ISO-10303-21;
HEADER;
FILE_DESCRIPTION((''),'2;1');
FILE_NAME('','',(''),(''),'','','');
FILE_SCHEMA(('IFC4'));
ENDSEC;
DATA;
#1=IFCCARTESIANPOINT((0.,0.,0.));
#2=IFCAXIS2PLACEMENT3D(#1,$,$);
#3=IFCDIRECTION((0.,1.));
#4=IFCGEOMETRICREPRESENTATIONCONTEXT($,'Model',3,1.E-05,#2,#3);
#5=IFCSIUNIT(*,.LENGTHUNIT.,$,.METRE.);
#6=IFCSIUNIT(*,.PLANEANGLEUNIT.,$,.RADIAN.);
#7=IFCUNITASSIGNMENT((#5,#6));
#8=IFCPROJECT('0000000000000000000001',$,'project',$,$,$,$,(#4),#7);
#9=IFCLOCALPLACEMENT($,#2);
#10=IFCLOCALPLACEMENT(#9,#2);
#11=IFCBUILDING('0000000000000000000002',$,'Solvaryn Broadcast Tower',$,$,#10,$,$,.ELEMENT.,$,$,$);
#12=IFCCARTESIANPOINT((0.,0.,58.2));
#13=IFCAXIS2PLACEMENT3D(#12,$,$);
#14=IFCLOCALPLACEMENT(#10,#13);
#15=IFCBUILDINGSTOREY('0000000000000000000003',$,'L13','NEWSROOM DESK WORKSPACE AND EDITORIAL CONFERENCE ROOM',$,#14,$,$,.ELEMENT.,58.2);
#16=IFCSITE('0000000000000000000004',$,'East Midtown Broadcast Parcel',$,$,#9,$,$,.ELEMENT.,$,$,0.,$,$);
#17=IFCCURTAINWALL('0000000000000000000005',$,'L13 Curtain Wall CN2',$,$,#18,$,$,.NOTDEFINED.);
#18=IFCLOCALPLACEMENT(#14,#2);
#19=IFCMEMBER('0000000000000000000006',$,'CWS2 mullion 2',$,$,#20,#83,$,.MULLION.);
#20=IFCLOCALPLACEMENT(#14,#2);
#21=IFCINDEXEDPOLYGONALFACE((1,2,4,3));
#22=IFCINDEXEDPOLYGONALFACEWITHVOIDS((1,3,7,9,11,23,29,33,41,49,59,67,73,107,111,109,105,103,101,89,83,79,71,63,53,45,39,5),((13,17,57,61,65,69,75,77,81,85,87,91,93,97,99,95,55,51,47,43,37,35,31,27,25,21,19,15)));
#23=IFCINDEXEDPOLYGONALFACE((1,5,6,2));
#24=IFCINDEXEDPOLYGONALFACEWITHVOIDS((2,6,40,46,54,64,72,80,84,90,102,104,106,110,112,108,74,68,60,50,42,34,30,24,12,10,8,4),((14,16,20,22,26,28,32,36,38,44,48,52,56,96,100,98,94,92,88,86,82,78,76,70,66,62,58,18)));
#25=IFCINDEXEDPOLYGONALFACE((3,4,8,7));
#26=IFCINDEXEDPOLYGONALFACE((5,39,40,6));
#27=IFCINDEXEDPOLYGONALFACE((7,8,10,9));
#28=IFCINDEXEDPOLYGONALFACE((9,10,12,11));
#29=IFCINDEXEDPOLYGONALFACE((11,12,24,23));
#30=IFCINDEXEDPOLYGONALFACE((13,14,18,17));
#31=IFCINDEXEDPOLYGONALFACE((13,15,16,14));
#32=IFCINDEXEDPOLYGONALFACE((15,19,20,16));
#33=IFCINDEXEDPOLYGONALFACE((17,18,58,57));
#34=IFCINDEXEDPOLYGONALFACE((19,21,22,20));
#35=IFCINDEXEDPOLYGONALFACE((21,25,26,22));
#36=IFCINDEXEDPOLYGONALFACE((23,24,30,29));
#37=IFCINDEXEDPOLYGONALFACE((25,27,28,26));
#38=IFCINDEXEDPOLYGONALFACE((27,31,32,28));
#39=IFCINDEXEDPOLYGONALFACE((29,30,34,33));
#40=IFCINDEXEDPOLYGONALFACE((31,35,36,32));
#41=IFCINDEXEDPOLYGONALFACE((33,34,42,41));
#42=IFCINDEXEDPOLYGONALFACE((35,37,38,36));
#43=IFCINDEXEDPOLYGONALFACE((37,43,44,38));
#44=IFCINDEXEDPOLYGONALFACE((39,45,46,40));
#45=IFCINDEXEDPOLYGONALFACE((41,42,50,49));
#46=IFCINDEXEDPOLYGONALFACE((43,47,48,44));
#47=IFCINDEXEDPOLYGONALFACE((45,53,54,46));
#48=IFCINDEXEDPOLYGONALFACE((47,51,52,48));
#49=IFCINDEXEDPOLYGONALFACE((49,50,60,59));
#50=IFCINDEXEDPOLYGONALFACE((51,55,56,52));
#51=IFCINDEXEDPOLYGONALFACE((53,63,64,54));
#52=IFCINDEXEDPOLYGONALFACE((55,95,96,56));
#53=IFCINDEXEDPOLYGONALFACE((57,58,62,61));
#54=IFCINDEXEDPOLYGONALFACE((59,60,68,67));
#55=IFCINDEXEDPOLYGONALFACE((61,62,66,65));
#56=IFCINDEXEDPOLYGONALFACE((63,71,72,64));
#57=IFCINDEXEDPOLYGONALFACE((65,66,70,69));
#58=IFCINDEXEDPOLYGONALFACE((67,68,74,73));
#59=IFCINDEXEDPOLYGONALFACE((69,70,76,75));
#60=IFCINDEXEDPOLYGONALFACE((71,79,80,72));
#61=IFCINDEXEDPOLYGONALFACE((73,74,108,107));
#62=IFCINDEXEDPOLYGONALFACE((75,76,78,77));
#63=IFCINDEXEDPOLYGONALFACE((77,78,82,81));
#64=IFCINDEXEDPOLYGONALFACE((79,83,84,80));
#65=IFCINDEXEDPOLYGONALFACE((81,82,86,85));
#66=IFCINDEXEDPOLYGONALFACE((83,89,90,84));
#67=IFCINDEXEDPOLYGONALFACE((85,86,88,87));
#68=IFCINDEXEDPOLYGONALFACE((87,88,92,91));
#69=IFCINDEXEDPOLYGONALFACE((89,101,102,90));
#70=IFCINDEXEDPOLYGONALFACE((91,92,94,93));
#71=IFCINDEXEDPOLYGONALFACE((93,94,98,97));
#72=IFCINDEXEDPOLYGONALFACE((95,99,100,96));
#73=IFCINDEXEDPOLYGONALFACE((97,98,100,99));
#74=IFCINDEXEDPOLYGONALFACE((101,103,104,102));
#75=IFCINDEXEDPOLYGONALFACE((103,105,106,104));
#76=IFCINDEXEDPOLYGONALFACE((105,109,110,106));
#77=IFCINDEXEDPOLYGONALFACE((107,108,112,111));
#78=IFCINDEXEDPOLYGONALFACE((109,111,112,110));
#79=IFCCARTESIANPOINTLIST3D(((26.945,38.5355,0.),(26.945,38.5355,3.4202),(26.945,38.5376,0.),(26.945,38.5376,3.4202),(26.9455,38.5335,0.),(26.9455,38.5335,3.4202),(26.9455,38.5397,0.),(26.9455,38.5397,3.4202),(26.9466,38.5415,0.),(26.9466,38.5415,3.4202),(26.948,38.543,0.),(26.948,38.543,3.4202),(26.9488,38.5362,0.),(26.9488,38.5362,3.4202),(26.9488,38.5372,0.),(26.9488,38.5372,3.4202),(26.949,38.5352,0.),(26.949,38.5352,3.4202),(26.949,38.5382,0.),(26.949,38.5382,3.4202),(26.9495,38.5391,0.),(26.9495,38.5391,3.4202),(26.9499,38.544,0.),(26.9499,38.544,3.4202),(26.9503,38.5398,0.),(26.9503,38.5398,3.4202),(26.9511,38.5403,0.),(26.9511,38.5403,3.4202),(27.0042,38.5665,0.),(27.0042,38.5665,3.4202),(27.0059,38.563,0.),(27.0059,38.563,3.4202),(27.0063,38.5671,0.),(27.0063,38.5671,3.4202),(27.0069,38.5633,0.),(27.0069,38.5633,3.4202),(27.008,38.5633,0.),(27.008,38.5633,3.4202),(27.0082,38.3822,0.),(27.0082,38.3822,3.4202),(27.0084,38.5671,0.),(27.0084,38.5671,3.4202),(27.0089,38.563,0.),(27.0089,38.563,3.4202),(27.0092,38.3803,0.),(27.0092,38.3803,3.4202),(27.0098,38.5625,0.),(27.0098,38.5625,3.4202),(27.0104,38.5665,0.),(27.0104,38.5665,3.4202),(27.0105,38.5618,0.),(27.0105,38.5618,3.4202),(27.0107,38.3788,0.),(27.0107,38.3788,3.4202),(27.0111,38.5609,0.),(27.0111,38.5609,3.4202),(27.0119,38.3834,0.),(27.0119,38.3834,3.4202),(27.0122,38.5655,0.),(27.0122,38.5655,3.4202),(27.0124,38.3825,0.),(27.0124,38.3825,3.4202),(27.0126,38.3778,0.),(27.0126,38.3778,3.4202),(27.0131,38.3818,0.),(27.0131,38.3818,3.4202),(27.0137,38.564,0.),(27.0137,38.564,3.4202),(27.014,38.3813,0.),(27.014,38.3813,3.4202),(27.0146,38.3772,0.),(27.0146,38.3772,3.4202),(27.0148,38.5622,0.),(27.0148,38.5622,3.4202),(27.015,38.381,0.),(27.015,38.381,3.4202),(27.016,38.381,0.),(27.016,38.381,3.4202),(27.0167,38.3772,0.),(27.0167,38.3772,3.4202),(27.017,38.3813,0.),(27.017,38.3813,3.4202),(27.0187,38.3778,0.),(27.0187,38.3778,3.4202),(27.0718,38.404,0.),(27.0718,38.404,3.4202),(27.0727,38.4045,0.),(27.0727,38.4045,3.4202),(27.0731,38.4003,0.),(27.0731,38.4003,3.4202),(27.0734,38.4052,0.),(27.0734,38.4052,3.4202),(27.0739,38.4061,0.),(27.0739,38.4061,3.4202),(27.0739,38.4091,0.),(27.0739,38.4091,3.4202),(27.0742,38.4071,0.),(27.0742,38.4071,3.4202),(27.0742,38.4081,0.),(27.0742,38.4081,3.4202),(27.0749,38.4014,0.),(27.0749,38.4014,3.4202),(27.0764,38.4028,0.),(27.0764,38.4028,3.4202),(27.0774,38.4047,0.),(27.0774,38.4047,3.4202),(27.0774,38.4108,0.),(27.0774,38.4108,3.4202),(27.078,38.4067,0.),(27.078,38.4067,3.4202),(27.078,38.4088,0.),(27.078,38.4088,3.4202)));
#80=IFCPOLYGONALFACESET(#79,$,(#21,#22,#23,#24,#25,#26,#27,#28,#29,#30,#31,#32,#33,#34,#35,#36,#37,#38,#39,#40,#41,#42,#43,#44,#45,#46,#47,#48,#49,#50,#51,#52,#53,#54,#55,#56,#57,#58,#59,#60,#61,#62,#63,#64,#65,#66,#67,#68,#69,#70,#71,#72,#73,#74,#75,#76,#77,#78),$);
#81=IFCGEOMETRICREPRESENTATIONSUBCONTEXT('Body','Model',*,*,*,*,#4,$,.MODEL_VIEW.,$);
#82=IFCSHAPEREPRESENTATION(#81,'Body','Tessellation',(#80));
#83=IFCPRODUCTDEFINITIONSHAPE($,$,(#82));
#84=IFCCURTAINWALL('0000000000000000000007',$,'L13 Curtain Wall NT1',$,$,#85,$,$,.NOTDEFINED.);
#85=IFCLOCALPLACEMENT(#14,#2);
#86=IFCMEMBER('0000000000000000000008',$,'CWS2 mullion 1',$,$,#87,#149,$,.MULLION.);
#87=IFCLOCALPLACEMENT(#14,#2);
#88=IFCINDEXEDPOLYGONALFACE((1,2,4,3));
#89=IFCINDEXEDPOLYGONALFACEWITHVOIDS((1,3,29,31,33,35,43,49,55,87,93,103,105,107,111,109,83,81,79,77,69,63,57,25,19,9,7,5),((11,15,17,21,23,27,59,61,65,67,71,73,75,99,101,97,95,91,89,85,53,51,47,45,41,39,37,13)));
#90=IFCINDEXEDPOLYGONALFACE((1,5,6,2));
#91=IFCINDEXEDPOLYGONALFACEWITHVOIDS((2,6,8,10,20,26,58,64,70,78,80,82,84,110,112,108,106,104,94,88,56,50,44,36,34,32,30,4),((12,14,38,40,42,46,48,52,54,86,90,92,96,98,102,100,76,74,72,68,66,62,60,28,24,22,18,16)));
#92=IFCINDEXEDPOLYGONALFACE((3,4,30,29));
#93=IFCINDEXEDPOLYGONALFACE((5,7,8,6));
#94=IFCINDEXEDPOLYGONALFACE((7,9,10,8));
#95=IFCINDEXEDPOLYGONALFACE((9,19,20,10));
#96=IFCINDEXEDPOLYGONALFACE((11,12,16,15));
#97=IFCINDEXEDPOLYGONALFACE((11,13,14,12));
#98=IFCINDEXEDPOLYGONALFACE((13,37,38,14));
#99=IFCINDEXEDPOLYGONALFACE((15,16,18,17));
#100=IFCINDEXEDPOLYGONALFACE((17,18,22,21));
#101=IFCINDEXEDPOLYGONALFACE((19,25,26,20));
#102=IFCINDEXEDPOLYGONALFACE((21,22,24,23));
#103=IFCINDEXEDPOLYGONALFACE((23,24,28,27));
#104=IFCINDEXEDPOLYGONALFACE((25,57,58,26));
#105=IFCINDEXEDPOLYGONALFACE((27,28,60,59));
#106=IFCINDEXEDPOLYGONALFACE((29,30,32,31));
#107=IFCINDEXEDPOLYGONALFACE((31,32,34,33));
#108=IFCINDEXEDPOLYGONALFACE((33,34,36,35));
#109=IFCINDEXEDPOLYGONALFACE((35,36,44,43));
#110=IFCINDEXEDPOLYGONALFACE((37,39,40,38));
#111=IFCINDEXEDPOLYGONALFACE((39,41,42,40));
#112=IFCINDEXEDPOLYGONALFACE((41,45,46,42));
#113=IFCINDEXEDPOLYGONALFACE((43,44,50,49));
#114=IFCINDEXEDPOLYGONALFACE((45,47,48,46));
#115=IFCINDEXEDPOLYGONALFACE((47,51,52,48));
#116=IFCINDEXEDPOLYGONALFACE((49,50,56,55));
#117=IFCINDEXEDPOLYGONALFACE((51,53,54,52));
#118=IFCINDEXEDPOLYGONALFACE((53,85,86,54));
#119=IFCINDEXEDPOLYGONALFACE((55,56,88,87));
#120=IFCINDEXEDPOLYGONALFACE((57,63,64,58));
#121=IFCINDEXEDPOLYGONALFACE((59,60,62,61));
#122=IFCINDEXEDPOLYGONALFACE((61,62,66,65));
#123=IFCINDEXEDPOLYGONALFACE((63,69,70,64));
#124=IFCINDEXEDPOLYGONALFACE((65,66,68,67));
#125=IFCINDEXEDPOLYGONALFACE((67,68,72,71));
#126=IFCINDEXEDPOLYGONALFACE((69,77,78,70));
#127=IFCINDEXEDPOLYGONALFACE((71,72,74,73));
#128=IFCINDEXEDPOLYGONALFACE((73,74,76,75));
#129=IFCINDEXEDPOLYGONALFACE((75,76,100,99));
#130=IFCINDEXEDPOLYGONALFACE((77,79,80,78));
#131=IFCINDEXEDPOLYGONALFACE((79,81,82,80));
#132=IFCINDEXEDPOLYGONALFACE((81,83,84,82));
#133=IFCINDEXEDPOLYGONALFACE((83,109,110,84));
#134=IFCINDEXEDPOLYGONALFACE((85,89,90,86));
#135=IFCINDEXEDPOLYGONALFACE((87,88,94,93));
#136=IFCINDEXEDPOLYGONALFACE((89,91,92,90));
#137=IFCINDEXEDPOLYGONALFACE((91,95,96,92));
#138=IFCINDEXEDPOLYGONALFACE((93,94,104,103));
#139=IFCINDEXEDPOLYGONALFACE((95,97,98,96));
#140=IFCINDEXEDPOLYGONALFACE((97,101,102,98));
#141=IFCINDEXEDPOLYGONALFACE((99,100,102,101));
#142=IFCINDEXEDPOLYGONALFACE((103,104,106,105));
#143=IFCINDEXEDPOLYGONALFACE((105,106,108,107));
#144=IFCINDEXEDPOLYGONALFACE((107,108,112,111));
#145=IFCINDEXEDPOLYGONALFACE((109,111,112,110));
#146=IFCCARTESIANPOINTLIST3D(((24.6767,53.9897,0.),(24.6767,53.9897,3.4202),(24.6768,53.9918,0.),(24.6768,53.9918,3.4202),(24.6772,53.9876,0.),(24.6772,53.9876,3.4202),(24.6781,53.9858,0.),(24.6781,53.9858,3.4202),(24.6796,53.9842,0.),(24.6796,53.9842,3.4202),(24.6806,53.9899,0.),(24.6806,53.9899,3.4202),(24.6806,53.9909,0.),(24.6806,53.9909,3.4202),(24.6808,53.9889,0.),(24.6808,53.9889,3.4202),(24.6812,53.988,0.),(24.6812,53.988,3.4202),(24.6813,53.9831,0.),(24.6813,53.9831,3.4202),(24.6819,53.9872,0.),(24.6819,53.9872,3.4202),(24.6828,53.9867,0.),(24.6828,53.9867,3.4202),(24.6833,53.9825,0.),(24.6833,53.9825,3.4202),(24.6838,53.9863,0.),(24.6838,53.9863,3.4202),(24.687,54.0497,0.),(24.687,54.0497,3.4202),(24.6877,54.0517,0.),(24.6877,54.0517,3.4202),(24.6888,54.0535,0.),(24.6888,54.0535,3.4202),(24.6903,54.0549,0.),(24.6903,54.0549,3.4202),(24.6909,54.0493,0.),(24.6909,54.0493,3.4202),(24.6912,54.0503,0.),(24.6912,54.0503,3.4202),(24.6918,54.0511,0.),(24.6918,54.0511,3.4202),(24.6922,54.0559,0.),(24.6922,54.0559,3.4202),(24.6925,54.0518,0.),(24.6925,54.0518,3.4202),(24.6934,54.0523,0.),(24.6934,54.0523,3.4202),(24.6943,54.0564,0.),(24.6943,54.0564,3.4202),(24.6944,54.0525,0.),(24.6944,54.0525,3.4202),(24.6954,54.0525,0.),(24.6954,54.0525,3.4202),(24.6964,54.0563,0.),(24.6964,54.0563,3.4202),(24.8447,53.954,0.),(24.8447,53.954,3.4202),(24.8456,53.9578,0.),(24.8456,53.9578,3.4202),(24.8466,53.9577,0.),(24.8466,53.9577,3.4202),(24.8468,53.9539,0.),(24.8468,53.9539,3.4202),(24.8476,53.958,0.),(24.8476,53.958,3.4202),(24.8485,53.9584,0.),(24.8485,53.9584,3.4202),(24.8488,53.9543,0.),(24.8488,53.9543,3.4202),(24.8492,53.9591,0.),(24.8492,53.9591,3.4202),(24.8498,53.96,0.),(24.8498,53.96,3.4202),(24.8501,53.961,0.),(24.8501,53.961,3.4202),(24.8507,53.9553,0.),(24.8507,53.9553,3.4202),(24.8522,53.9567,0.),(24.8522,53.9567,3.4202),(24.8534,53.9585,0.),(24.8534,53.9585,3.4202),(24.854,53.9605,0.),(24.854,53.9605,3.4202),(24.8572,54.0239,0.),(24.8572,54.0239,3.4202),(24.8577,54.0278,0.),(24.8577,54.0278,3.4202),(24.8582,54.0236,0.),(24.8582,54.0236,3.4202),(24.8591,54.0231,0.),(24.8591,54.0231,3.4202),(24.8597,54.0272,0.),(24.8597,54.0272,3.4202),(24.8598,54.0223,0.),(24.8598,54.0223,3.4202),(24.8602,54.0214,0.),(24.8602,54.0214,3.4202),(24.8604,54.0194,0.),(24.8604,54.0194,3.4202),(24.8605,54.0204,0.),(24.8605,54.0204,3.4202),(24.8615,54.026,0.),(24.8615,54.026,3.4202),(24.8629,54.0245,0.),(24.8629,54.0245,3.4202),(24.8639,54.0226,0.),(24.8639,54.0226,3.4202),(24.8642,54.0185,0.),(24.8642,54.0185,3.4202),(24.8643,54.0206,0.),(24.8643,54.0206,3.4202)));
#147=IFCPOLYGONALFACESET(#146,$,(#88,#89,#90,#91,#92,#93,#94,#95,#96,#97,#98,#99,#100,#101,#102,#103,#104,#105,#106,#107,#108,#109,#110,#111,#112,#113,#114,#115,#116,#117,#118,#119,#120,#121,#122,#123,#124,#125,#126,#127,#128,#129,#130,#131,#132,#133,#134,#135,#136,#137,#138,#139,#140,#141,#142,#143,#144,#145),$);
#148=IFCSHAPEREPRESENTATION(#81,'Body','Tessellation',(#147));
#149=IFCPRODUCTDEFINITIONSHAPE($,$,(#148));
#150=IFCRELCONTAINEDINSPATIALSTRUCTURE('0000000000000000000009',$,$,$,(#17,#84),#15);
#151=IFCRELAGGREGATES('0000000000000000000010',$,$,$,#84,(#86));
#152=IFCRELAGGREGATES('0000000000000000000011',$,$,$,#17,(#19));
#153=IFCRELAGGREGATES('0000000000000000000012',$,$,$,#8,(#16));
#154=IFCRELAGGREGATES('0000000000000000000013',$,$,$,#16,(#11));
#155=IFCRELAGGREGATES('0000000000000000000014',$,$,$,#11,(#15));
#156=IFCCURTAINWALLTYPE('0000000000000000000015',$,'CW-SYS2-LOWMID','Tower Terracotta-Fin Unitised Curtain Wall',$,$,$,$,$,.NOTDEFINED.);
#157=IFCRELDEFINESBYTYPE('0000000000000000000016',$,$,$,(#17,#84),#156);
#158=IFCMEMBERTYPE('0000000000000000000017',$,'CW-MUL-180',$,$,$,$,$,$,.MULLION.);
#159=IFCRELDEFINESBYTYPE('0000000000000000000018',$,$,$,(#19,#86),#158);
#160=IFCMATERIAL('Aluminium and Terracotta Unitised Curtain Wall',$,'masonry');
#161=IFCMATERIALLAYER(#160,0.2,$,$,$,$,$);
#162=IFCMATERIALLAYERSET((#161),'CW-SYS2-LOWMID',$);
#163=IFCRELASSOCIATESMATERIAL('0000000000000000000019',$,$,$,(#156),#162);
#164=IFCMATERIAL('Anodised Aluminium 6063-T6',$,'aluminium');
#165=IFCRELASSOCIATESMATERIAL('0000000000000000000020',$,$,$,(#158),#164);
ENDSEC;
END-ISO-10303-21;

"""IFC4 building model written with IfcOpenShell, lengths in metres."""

from ifc_helpers import new_model, si_unit, direction, frame, origin, origin_2d, place, context, subcontext, project, spatial, hollow_rectangle, extrude, material, layer, layer_set, material_profile, profile_set, type_object, element, aggregate, save


model = new_model("IFC4")

# Units and contexts
model_context = context("Model", 3, precision=1e-05, world=origin(), true_north=direction((0.0, 1.0)))
body_context = subcontext(model_context, "Body", "Model", "MODEL_VIEW")
ifc_project = project(units=[si_unit("LENGTHUNIT", "METRE"), si_unit("PLANEANGLEUNIT", "RADIAN")], contexts=[model_context])

# Site, building, storey
site_placement = place(None, origin())
site = spatial("IfcSite", under=ifc_project, at=site_placement, Name="East Midtown Broadcast Parcel", CompositionType="ELEMENT", RefElevation=0.0)
building_placement = place(site_placement, origin())
building = spatial("IfcBuilding", under=site, at=building_placement, Name="Solvaryn Broadcast Tower", CompositionType="ELEMENT")
storey_placement = place(building_placement, frame((0.0, 0.0, 58.2)))
storey = spatial("IfcBuildingStorey", under=building, at=storey_placement, Name="L13", Description="NEWSROOM DESK WORKSPACE AND EDITORIAL CONFERENCE ROOM", CompositionType="ELEMENT", Elevation=58.2)

# Shared definitions
ifc_material_1 = material(Name="Aluminium and Terracotta Unitised Curtain Wall", Category="masonry")
ifc_layer_1 = layer(ifc_material_1, 0.2)
ifc_layer_set_1 = layer_set([ifc_layer_1], Name="CW-SYS2-LOWMID")
curtain_wall_type = type_object("IfcCurtainWallType", Name="CW-SYS2-LOWMID", Description="Tower Terracotta-Fin Unitised Curtain Wall", PredefinedType="NOTDEFINED", material=ifc_layer_set_1)
ifc_material_2 = material(Name="Anodised Aluminium 6063-T6", Category="aluminium")
ifc_material_profile_1 = material_profile(ifc_material_2, hollow_rectangle(XDim=0.075, YDim=0.1799, WallThickness=0.0039, InnerFilletRadius=0.0039, OuterFilletRadius=0.0081, at=origin_2d()))
ifc_profile_set_1 = profile_set([ifc_material_profile_1], Name="Anodised Aluminium 6063-T6")
member_type_1 = type_object("IfcMemberType", Name="CW-MUL-180", PredefinedType="MULLION", material=ifc_profile_set_1)

# Curtain walls, members
curtain_wall_1_placement = place(storey_placement, origin())
curtain_wall_1 = element("IfcCurtainWall", 1, at=curtain_wall_1_placement, inside=storey, type_object=curtain_wall_type, Name="L13 Curtain Wall CN2", PredefinedType="NOTDEFINED")
member_1_placement = place(storey_placement, frame((27.0115, 38.4722, 0.0), z_axis=(0.0, 0.0, 1.0), x_axis=(-0.923895, -0.382646, 0.0)))
member_1 = element("IfcMember", 2, at=member_1_placement, type_object=member_type_1, Name="CWS2 mullion 2", PredefinedType="MULLION", context=body_context, shape_type="SweptSolid", body=[
    extrude(hollow_rectangle(XDim=0.075, YDim=0.1799, WallThickness=0.0039, InnerFilletRadius=0.0039, OuterFilletRadius=0.0081, at=origin_2d()), origin(), (0.0, 0.0, 1.0), 3.4202),
])
curtain_wall_2_placement = place(storey_placement, origin())
curtain_wall_2 = element("IfcCurtainWall", 3, at=curtain_wall_2_placement, inside=storey, type_object=curtain_wall_type, Name="L13 Curtain Wall NT1", PredefinedType="NOTDEFINED")
member_2_placement = place(storey_placement, frame((24.7705, 54.0051, 0.0), z_axis=(0.0, 0.0, 1.0), x_axis=(-0.173785, -0.984784, 0.0)))
member_2 = element("IfcMember", 4, at=member_2_placement, type_object=member_type_1, Name="CWS2 mullion 1", PredefinedType="MULLION", context=body_context, shape_type="SweptSolid", body=[
    extrude(hollow_rectangle(XDim=0.075, YDim=0.1799, WallThickness=0.0039, InnerFilletRadius=0.0039, OuterFilletRadius=0.0081, at=origin_2d()), origin(), (0.0, 0.0, 1.0), 3.4202),
])

aggregate(curtain_wall_2, [member_2])

aggregate(curtain_wall_1, [member_1])

save(model, "model.ifc")
